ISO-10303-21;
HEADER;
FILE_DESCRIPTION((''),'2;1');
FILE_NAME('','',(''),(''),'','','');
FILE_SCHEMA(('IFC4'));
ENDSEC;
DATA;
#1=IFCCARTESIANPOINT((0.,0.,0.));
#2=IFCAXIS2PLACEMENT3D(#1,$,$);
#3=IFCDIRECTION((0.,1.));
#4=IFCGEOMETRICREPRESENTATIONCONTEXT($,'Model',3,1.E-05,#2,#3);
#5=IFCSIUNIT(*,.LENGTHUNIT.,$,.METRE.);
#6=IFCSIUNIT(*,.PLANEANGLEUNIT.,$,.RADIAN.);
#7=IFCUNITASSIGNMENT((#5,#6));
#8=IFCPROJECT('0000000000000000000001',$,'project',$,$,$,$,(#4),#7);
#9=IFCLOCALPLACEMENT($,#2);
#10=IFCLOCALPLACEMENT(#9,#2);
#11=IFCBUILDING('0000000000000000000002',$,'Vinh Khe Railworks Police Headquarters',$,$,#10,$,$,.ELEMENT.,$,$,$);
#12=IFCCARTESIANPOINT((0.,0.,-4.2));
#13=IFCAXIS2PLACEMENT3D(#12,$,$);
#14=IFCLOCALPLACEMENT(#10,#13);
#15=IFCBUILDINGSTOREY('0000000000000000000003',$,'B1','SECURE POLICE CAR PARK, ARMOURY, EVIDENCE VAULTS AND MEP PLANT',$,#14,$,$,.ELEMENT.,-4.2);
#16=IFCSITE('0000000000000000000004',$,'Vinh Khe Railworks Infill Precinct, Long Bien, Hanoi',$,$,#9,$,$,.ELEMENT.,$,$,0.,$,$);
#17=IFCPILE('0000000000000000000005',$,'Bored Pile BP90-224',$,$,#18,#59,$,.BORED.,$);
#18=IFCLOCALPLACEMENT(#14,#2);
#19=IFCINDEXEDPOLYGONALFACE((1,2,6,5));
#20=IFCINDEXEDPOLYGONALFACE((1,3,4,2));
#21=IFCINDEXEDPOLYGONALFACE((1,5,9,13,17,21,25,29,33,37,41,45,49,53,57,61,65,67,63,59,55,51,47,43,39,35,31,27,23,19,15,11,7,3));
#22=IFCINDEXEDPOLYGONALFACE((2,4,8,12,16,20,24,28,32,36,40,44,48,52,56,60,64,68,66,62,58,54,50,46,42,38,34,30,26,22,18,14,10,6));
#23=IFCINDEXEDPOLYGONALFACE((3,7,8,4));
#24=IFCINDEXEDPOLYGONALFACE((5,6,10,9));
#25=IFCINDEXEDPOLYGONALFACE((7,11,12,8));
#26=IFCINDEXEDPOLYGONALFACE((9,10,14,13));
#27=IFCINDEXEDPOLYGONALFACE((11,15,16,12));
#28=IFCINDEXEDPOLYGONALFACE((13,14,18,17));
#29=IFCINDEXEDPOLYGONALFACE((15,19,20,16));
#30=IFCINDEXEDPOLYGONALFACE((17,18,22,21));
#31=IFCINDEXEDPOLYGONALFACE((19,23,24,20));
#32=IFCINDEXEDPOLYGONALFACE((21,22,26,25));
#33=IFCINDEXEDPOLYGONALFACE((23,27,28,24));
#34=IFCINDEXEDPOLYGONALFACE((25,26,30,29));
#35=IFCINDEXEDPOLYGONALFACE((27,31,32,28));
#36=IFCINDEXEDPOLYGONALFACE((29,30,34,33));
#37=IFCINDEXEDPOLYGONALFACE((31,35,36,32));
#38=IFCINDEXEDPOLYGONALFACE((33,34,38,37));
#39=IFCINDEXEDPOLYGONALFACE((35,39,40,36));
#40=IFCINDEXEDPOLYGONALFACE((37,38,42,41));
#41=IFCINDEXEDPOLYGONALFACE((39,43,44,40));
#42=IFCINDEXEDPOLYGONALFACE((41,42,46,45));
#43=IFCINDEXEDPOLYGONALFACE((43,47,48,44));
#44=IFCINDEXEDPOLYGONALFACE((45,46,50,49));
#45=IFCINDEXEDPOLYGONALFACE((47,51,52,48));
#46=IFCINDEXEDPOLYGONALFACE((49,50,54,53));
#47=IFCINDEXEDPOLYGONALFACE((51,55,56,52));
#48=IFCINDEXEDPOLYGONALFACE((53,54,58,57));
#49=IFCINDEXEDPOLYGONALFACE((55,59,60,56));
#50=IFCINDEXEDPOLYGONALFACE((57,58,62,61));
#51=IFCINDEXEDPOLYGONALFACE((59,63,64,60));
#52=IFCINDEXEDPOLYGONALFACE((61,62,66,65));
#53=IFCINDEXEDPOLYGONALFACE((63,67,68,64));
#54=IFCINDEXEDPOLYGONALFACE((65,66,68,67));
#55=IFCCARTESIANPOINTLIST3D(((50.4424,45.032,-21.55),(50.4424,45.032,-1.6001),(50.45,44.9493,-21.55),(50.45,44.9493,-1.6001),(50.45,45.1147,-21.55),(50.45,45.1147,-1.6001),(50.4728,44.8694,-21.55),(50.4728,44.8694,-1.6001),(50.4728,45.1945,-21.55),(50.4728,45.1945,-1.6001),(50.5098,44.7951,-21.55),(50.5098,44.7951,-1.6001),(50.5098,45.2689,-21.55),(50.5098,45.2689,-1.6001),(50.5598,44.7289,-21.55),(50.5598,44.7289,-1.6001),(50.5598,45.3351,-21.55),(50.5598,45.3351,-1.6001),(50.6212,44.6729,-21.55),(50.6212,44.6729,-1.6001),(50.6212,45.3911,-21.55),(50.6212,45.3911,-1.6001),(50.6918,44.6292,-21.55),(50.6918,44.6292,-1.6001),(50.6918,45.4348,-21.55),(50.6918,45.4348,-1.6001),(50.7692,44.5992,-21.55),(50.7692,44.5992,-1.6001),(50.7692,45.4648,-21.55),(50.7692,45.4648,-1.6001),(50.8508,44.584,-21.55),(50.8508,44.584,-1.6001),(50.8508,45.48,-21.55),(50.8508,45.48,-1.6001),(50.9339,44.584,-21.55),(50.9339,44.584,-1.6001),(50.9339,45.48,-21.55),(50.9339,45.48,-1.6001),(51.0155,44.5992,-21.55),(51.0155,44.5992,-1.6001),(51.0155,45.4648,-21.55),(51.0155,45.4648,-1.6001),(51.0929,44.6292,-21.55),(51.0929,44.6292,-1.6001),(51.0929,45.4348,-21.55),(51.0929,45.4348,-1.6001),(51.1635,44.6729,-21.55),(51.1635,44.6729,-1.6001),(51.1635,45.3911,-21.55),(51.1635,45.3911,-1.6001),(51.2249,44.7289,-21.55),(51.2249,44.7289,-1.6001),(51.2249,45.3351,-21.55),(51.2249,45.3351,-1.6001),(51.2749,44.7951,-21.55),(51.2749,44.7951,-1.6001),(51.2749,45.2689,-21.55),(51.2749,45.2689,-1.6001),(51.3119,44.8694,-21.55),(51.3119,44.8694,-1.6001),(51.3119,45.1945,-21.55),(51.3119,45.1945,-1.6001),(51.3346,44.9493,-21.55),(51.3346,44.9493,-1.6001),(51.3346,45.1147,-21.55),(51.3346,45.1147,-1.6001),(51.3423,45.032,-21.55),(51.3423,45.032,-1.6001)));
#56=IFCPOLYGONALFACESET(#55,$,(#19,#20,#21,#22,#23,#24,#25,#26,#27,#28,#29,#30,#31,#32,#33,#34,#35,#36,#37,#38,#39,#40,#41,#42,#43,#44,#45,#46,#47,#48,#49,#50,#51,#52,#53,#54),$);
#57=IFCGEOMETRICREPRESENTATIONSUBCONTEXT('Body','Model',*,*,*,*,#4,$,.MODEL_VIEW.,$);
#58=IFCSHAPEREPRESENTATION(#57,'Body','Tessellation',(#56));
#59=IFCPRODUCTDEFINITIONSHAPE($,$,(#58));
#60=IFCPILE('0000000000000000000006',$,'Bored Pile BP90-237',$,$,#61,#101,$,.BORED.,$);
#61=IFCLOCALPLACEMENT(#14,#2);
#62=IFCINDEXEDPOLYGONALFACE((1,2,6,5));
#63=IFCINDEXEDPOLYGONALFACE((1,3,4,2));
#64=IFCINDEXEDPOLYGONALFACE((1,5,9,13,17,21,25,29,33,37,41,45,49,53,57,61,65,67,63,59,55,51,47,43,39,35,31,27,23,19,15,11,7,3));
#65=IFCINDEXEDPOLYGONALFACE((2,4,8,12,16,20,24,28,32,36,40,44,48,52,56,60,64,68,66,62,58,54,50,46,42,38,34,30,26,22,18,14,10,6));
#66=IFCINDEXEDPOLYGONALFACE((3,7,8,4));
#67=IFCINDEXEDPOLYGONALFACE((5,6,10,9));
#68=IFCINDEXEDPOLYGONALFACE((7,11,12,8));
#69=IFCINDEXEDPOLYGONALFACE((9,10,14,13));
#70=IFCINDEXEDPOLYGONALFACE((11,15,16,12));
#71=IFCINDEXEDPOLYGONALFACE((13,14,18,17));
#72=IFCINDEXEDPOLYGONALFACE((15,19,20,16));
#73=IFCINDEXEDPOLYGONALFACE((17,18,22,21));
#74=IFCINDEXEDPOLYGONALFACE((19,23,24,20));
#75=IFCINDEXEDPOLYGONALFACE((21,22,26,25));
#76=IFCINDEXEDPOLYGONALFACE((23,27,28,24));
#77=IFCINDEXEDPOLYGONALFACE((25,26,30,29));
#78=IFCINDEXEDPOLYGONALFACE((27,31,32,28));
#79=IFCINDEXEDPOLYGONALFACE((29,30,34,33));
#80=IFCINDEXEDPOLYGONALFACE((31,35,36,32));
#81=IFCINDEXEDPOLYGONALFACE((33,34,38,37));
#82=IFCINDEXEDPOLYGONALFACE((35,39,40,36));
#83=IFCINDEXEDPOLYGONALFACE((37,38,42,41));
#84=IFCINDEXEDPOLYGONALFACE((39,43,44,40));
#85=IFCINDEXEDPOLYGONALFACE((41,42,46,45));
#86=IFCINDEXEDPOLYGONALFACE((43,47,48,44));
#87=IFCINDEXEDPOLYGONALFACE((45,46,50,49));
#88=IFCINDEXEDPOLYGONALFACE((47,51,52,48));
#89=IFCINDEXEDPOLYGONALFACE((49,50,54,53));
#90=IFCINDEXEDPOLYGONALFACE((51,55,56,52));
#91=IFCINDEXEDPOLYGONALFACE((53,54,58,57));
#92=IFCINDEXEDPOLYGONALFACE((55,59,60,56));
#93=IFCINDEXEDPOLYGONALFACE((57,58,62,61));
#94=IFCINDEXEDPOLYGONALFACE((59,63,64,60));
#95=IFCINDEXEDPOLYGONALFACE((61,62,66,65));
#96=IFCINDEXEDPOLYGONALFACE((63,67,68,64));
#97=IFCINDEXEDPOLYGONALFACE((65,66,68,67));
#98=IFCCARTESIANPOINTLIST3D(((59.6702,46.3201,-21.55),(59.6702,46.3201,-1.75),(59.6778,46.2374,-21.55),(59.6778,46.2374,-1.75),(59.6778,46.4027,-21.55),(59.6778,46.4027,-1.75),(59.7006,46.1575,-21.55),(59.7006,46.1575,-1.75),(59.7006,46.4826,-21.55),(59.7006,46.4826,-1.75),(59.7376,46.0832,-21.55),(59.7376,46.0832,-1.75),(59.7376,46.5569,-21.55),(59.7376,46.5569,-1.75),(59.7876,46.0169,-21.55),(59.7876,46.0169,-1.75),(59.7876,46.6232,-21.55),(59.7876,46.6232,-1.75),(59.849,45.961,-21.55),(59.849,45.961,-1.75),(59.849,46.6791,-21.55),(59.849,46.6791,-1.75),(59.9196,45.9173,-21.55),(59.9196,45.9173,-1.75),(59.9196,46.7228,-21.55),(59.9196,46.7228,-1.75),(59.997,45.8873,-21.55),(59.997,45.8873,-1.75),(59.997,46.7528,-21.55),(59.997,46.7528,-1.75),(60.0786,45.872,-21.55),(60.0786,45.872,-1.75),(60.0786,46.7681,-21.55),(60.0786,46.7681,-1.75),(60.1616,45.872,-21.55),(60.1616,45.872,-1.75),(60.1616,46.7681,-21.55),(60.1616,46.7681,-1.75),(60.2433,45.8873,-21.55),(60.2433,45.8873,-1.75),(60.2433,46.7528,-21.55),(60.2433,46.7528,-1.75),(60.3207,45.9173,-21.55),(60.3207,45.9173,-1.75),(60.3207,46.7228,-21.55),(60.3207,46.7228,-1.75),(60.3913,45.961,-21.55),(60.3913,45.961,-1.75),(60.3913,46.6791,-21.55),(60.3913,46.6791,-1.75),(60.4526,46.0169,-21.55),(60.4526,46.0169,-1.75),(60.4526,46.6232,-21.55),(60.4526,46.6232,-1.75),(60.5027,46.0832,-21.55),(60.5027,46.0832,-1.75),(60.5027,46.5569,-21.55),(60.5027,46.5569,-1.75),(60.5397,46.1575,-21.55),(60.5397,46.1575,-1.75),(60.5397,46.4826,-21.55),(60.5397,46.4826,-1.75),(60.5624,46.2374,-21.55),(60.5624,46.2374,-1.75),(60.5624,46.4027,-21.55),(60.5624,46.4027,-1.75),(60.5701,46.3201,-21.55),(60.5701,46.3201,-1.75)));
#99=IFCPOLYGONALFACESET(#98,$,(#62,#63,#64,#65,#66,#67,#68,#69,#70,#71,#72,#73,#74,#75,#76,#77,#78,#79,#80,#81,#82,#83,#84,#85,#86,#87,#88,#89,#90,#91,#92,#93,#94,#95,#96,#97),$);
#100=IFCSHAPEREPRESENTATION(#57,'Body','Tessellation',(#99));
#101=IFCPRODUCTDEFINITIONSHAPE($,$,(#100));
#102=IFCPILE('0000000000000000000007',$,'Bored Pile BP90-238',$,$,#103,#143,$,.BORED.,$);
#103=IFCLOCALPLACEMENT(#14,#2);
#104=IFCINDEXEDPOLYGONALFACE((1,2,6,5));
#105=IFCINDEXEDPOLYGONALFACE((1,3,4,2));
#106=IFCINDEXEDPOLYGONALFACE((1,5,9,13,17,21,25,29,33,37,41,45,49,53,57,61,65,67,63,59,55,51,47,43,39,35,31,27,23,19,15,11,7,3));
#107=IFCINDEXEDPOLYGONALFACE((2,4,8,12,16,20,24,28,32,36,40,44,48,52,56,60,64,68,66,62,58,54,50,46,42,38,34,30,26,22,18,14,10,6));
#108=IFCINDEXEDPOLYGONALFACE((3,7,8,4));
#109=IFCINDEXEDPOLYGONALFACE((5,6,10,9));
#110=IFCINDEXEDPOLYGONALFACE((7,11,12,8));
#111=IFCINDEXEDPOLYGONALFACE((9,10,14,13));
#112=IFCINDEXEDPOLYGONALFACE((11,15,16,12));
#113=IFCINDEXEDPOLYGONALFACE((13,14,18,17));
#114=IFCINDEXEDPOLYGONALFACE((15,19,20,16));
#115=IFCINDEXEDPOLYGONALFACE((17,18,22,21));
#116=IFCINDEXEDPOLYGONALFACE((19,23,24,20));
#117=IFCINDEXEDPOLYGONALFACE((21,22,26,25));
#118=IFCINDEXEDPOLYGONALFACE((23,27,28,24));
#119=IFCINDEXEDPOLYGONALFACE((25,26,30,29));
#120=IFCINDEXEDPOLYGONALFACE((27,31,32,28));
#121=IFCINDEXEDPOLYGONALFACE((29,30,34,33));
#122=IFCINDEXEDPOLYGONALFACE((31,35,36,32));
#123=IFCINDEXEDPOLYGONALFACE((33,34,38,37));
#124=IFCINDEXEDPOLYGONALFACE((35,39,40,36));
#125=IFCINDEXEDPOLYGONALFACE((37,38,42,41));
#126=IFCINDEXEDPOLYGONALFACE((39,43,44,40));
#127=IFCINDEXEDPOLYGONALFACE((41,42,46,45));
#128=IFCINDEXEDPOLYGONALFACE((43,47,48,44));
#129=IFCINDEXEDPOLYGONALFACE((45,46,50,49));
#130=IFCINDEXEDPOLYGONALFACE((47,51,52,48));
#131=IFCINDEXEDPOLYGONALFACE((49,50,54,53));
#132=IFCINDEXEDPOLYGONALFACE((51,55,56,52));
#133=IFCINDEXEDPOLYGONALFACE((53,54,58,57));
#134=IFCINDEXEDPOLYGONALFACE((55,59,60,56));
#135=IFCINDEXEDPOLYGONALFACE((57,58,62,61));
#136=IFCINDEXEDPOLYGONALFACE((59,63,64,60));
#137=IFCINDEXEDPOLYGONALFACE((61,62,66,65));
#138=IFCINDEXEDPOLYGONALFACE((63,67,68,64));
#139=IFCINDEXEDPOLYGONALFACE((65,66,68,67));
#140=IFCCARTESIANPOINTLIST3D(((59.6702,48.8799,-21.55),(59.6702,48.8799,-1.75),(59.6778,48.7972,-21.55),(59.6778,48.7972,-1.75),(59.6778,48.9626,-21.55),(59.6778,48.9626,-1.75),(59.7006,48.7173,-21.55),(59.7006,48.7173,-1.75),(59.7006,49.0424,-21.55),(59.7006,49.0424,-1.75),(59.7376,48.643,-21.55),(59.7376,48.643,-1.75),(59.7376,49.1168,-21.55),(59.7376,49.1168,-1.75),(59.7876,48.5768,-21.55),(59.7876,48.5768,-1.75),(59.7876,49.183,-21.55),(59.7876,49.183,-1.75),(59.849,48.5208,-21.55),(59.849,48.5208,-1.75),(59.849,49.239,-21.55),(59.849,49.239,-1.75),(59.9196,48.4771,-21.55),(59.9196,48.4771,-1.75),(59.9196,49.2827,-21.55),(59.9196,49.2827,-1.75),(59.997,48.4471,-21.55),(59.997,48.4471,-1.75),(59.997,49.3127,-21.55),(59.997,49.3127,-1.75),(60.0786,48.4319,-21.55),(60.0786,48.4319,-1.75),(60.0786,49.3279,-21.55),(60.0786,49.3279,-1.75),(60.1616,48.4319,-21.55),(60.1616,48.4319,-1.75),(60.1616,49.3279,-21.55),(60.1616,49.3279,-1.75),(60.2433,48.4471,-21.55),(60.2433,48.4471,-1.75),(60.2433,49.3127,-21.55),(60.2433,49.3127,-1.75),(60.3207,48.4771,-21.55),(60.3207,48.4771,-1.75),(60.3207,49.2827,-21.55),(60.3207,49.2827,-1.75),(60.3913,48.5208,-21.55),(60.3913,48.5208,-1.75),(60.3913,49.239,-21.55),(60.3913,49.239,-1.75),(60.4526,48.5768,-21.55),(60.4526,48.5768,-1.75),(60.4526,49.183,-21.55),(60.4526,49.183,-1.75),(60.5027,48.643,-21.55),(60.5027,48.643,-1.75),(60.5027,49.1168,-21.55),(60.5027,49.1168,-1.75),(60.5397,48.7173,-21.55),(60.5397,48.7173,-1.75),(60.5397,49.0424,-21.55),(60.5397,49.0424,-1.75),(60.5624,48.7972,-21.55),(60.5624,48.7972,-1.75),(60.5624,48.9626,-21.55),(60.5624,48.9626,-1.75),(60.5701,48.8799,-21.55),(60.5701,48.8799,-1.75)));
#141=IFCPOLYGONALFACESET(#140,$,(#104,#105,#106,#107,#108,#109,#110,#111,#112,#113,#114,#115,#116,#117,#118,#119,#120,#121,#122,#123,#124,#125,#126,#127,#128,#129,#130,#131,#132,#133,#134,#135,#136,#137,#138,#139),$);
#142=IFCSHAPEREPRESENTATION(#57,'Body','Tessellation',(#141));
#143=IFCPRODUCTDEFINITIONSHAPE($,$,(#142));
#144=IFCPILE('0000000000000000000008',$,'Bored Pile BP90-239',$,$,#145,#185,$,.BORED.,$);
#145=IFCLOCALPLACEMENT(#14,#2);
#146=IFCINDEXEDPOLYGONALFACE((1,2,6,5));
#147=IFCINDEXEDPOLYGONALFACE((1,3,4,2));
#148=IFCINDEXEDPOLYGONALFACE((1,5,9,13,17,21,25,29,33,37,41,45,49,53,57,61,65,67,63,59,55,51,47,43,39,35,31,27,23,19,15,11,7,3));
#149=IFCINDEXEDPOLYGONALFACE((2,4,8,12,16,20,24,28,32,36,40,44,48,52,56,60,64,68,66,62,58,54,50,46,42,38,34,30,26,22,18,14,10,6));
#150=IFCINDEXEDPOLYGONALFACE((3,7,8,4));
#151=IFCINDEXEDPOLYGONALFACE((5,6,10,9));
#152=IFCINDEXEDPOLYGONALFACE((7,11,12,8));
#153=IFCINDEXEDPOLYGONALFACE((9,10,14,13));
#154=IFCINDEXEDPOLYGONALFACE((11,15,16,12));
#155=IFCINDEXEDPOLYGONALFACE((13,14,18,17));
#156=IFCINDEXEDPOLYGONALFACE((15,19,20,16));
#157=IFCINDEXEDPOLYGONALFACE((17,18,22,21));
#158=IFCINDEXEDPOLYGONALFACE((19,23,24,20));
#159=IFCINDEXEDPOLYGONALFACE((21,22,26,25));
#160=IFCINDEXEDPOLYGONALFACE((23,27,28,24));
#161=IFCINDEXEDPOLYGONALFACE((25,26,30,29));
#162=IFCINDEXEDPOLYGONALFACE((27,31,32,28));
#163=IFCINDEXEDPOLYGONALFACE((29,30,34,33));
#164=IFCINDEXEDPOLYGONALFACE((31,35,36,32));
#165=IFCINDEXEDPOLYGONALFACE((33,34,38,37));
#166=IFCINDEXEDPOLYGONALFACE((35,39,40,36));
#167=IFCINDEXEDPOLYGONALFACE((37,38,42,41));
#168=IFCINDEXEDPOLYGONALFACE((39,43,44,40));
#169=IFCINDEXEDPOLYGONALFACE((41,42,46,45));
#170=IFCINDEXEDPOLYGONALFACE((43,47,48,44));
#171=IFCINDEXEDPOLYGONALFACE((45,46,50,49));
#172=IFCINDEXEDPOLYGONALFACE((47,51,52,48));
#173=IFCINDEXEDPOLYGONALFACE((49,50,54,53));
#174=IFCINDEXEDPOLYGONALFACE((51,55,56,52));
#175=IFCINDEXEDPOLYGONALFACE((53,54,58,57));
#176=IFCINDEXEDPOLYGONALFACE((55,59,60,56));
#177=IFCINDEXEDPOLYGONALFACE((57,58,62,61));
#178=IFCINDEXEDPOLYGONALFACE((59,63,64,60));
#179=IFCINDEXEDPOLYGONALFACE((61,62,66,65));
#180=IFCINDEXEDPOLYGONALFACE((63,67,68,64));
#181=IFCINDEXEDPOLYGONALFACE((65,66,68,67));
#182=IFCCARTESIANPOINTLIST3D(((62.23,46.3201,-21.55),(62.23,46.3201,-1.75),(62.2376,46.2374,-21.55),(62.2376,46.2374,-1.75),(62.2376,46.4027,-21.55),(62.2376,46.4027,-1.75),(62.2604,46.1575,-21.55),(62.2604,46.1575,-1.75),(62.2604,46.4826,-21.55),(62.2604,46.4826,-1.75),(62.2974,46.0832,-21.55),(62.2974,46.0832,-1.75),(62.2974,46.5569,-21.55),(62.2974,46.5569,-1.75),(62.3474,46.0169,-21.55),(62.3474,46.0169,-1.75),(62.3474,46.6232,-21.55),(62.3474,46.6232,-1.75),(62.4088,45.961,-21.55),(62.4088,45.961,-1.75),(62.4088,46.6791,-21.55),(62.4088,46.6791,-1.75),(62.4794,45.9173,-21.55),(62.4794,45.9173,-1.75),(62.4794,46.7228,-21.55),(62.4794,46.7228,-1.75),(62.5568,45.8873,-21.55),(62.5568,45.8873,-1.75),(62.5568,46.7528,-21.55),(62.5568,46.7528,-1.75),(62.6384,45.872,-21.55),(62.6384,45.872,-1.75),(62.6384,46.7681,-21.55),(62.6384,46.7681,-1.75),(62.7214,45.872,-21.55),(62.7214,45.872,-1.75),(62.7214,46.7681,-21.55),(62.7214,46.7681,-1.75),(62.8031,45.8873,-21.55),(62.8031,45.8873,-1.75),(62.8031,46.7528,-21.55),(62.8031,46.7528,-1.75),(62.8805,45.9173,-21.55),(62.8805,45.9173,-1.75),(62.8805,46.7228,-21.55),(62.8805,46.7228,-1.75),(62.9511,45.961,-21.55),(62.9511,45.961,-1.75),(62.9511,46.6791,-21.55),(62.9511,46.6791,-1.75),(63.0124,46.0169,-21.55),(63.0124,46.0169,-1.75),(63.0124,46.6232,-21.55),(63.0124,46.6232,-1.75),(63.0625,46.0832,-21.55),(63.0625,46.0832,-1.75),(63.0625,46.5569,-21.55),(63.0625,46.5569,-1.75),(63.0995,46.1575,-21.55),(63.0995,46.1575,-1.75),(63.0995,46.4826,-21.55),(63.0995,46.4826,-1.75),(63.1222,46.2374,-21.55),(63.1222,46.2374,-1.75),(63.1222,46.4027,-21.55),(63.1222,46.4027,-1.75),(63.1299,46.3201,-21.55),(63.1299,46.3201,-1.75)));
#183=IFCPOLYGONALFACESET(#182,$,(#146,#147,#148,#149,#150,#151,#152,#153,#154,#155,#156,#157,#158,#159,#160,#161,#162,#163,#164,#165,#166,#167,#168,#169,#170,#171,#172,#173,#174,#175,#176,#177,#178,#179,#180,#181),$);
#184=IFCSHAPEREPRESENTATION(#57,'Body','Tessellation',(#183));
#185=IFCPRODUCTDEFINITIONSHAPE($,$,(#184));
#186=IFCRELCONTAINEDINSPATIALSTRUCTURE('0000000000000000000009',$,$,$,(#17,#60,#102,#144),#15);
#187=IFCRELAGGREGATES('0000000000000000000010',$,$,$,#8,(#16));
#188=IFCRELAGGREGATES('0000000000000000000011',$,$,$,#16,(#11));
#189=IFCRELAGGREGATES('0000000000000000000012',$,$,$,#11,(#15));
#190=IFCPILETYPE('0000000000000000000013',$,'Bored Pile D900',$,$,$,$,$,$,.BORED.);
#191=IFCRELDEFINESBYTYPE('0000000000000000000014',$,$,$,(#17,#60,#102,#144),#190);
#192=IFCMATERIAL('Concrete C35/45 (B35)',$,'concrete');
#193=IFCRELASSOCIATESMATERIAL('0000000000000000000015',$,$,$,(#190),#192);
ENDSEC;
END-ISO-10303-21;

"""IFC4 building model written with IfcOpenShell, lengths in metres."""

from ifc_helpers import new_model, si_unit, direction, frame, origin, origin_2d, place, context, subcontext, project, spatial, circle, extrude, material, material_profile, profile_set, type_object, element, save


model = new_model("IFC4")

# Units and contexts
model_context = context("Model", 3, precision=1e-05, world=origin(), true_north=direction((0.0, 1.0)))
body_context = subcontext(model_context, "Body", "Model", "MODEL_VIEW")
ifc_project = project(units=[si_unit("LENGTHUNIT", "METRE"), si_unit("PLANEANGLEUNIT", "RADIAN")], contexts=[model_context])

# Site, building, storey
site_placement = place(None, origin())
site = spatial("IfcSite", under=ifc_project, at=site_placement, Name="Vinh Khe Railworks Infill Precinct, Long Bien, Hanoi", CompositionType="ELEMENT", RefElevation=0.0)
building_placement = place(site_placement, origin())
building = spatial("IfcBuilding", under=site, at=building_placement, Name="Vinh Khe Railworks Police Headquarters", CompositionType="ELEMENT")
storey_placement = place(building_placement, frame((0.0, 0.0, -4.2)))
storey = spatial("IfcBuildingStorey", under=building, at=storey_placement, Name="B1", Description="SECURE POLICE CAR PARK, ARMOURY, EVIDENCE VAULTS AND MEP PLANT", CompositionType="ELEMENT", Elevation=-4.2)

# Piles
ifc_material_1 = material(Name="Concrete C35/45 (B35)", Category="concrete")
ifc_material_profile_1 = material_profile(ifc_material_1, circle(Radius=0.45, at=origin_2d()), Name="BORED PILE D900")
ifc_profile_set_1 = profile_set([ifc_material_profile_1], Name="Concrete C35/45 (B35)")
pile_type_1 = type_object("IfcPileType", Name="Bored Pile D900", PredefinedType="BORED", material=ifc_profile_set_1)
for number, where, z_axis, x_axis, name in (
    (1, (50.8923, 45.032, -1.6001), (0.0, 0.0, -1.0), (1.0, 0.0, 0.0), "Bored Pile BP90-224"),
):
    element("IfcPile", number, at=place(storey_placement, frame(where, z_axis=z_axis, x_axis=x_axis)), inside=storey, type_object=pile_type_1, Name=name, PredefinedType="BORED", context=body_context, shape_type="SweptSolid", body=[
        extrude(circle(Radius=0.45, at=origin_2d()), origin(), (0.0, 0.0, 1.0), 19.95),
    ])
for number, where, z_axis, x_axis, name in (
    (2, (60.1201, 46.3201, -1.75), (0.0, 0.0, -1.0), (1.0, 0.0, 0.0), "Bored Pile BP90-237"),
    (3, (60.1201, 48.8799, -1.75), (0.0, 0.0, -1.0), (1.0, 0.0, 0.0), "Bored Pile BP90-238"),
    (4, (62.6799, 46.3201, -1.75), (0.0, 0.0, -1.0), (1.0, 0.0, 0.0), "Bored Pile BP90-239"),
):
    element("IfcPile", number, at=place(storey_placement, frame(where, z_axis=z_axis, x_axis=x_axis)), inside=storey, type_object=pile_type_1, Name=name, PredefinedType="BORED", context=body_context, shape_type="SweptSolid", body=[
        extrude(circle(Radius=0.45, at=origin_2d()), origin(), (0.0, 0.0, 1.0), 19.8),
    ])

save(model, "model.ifc")
